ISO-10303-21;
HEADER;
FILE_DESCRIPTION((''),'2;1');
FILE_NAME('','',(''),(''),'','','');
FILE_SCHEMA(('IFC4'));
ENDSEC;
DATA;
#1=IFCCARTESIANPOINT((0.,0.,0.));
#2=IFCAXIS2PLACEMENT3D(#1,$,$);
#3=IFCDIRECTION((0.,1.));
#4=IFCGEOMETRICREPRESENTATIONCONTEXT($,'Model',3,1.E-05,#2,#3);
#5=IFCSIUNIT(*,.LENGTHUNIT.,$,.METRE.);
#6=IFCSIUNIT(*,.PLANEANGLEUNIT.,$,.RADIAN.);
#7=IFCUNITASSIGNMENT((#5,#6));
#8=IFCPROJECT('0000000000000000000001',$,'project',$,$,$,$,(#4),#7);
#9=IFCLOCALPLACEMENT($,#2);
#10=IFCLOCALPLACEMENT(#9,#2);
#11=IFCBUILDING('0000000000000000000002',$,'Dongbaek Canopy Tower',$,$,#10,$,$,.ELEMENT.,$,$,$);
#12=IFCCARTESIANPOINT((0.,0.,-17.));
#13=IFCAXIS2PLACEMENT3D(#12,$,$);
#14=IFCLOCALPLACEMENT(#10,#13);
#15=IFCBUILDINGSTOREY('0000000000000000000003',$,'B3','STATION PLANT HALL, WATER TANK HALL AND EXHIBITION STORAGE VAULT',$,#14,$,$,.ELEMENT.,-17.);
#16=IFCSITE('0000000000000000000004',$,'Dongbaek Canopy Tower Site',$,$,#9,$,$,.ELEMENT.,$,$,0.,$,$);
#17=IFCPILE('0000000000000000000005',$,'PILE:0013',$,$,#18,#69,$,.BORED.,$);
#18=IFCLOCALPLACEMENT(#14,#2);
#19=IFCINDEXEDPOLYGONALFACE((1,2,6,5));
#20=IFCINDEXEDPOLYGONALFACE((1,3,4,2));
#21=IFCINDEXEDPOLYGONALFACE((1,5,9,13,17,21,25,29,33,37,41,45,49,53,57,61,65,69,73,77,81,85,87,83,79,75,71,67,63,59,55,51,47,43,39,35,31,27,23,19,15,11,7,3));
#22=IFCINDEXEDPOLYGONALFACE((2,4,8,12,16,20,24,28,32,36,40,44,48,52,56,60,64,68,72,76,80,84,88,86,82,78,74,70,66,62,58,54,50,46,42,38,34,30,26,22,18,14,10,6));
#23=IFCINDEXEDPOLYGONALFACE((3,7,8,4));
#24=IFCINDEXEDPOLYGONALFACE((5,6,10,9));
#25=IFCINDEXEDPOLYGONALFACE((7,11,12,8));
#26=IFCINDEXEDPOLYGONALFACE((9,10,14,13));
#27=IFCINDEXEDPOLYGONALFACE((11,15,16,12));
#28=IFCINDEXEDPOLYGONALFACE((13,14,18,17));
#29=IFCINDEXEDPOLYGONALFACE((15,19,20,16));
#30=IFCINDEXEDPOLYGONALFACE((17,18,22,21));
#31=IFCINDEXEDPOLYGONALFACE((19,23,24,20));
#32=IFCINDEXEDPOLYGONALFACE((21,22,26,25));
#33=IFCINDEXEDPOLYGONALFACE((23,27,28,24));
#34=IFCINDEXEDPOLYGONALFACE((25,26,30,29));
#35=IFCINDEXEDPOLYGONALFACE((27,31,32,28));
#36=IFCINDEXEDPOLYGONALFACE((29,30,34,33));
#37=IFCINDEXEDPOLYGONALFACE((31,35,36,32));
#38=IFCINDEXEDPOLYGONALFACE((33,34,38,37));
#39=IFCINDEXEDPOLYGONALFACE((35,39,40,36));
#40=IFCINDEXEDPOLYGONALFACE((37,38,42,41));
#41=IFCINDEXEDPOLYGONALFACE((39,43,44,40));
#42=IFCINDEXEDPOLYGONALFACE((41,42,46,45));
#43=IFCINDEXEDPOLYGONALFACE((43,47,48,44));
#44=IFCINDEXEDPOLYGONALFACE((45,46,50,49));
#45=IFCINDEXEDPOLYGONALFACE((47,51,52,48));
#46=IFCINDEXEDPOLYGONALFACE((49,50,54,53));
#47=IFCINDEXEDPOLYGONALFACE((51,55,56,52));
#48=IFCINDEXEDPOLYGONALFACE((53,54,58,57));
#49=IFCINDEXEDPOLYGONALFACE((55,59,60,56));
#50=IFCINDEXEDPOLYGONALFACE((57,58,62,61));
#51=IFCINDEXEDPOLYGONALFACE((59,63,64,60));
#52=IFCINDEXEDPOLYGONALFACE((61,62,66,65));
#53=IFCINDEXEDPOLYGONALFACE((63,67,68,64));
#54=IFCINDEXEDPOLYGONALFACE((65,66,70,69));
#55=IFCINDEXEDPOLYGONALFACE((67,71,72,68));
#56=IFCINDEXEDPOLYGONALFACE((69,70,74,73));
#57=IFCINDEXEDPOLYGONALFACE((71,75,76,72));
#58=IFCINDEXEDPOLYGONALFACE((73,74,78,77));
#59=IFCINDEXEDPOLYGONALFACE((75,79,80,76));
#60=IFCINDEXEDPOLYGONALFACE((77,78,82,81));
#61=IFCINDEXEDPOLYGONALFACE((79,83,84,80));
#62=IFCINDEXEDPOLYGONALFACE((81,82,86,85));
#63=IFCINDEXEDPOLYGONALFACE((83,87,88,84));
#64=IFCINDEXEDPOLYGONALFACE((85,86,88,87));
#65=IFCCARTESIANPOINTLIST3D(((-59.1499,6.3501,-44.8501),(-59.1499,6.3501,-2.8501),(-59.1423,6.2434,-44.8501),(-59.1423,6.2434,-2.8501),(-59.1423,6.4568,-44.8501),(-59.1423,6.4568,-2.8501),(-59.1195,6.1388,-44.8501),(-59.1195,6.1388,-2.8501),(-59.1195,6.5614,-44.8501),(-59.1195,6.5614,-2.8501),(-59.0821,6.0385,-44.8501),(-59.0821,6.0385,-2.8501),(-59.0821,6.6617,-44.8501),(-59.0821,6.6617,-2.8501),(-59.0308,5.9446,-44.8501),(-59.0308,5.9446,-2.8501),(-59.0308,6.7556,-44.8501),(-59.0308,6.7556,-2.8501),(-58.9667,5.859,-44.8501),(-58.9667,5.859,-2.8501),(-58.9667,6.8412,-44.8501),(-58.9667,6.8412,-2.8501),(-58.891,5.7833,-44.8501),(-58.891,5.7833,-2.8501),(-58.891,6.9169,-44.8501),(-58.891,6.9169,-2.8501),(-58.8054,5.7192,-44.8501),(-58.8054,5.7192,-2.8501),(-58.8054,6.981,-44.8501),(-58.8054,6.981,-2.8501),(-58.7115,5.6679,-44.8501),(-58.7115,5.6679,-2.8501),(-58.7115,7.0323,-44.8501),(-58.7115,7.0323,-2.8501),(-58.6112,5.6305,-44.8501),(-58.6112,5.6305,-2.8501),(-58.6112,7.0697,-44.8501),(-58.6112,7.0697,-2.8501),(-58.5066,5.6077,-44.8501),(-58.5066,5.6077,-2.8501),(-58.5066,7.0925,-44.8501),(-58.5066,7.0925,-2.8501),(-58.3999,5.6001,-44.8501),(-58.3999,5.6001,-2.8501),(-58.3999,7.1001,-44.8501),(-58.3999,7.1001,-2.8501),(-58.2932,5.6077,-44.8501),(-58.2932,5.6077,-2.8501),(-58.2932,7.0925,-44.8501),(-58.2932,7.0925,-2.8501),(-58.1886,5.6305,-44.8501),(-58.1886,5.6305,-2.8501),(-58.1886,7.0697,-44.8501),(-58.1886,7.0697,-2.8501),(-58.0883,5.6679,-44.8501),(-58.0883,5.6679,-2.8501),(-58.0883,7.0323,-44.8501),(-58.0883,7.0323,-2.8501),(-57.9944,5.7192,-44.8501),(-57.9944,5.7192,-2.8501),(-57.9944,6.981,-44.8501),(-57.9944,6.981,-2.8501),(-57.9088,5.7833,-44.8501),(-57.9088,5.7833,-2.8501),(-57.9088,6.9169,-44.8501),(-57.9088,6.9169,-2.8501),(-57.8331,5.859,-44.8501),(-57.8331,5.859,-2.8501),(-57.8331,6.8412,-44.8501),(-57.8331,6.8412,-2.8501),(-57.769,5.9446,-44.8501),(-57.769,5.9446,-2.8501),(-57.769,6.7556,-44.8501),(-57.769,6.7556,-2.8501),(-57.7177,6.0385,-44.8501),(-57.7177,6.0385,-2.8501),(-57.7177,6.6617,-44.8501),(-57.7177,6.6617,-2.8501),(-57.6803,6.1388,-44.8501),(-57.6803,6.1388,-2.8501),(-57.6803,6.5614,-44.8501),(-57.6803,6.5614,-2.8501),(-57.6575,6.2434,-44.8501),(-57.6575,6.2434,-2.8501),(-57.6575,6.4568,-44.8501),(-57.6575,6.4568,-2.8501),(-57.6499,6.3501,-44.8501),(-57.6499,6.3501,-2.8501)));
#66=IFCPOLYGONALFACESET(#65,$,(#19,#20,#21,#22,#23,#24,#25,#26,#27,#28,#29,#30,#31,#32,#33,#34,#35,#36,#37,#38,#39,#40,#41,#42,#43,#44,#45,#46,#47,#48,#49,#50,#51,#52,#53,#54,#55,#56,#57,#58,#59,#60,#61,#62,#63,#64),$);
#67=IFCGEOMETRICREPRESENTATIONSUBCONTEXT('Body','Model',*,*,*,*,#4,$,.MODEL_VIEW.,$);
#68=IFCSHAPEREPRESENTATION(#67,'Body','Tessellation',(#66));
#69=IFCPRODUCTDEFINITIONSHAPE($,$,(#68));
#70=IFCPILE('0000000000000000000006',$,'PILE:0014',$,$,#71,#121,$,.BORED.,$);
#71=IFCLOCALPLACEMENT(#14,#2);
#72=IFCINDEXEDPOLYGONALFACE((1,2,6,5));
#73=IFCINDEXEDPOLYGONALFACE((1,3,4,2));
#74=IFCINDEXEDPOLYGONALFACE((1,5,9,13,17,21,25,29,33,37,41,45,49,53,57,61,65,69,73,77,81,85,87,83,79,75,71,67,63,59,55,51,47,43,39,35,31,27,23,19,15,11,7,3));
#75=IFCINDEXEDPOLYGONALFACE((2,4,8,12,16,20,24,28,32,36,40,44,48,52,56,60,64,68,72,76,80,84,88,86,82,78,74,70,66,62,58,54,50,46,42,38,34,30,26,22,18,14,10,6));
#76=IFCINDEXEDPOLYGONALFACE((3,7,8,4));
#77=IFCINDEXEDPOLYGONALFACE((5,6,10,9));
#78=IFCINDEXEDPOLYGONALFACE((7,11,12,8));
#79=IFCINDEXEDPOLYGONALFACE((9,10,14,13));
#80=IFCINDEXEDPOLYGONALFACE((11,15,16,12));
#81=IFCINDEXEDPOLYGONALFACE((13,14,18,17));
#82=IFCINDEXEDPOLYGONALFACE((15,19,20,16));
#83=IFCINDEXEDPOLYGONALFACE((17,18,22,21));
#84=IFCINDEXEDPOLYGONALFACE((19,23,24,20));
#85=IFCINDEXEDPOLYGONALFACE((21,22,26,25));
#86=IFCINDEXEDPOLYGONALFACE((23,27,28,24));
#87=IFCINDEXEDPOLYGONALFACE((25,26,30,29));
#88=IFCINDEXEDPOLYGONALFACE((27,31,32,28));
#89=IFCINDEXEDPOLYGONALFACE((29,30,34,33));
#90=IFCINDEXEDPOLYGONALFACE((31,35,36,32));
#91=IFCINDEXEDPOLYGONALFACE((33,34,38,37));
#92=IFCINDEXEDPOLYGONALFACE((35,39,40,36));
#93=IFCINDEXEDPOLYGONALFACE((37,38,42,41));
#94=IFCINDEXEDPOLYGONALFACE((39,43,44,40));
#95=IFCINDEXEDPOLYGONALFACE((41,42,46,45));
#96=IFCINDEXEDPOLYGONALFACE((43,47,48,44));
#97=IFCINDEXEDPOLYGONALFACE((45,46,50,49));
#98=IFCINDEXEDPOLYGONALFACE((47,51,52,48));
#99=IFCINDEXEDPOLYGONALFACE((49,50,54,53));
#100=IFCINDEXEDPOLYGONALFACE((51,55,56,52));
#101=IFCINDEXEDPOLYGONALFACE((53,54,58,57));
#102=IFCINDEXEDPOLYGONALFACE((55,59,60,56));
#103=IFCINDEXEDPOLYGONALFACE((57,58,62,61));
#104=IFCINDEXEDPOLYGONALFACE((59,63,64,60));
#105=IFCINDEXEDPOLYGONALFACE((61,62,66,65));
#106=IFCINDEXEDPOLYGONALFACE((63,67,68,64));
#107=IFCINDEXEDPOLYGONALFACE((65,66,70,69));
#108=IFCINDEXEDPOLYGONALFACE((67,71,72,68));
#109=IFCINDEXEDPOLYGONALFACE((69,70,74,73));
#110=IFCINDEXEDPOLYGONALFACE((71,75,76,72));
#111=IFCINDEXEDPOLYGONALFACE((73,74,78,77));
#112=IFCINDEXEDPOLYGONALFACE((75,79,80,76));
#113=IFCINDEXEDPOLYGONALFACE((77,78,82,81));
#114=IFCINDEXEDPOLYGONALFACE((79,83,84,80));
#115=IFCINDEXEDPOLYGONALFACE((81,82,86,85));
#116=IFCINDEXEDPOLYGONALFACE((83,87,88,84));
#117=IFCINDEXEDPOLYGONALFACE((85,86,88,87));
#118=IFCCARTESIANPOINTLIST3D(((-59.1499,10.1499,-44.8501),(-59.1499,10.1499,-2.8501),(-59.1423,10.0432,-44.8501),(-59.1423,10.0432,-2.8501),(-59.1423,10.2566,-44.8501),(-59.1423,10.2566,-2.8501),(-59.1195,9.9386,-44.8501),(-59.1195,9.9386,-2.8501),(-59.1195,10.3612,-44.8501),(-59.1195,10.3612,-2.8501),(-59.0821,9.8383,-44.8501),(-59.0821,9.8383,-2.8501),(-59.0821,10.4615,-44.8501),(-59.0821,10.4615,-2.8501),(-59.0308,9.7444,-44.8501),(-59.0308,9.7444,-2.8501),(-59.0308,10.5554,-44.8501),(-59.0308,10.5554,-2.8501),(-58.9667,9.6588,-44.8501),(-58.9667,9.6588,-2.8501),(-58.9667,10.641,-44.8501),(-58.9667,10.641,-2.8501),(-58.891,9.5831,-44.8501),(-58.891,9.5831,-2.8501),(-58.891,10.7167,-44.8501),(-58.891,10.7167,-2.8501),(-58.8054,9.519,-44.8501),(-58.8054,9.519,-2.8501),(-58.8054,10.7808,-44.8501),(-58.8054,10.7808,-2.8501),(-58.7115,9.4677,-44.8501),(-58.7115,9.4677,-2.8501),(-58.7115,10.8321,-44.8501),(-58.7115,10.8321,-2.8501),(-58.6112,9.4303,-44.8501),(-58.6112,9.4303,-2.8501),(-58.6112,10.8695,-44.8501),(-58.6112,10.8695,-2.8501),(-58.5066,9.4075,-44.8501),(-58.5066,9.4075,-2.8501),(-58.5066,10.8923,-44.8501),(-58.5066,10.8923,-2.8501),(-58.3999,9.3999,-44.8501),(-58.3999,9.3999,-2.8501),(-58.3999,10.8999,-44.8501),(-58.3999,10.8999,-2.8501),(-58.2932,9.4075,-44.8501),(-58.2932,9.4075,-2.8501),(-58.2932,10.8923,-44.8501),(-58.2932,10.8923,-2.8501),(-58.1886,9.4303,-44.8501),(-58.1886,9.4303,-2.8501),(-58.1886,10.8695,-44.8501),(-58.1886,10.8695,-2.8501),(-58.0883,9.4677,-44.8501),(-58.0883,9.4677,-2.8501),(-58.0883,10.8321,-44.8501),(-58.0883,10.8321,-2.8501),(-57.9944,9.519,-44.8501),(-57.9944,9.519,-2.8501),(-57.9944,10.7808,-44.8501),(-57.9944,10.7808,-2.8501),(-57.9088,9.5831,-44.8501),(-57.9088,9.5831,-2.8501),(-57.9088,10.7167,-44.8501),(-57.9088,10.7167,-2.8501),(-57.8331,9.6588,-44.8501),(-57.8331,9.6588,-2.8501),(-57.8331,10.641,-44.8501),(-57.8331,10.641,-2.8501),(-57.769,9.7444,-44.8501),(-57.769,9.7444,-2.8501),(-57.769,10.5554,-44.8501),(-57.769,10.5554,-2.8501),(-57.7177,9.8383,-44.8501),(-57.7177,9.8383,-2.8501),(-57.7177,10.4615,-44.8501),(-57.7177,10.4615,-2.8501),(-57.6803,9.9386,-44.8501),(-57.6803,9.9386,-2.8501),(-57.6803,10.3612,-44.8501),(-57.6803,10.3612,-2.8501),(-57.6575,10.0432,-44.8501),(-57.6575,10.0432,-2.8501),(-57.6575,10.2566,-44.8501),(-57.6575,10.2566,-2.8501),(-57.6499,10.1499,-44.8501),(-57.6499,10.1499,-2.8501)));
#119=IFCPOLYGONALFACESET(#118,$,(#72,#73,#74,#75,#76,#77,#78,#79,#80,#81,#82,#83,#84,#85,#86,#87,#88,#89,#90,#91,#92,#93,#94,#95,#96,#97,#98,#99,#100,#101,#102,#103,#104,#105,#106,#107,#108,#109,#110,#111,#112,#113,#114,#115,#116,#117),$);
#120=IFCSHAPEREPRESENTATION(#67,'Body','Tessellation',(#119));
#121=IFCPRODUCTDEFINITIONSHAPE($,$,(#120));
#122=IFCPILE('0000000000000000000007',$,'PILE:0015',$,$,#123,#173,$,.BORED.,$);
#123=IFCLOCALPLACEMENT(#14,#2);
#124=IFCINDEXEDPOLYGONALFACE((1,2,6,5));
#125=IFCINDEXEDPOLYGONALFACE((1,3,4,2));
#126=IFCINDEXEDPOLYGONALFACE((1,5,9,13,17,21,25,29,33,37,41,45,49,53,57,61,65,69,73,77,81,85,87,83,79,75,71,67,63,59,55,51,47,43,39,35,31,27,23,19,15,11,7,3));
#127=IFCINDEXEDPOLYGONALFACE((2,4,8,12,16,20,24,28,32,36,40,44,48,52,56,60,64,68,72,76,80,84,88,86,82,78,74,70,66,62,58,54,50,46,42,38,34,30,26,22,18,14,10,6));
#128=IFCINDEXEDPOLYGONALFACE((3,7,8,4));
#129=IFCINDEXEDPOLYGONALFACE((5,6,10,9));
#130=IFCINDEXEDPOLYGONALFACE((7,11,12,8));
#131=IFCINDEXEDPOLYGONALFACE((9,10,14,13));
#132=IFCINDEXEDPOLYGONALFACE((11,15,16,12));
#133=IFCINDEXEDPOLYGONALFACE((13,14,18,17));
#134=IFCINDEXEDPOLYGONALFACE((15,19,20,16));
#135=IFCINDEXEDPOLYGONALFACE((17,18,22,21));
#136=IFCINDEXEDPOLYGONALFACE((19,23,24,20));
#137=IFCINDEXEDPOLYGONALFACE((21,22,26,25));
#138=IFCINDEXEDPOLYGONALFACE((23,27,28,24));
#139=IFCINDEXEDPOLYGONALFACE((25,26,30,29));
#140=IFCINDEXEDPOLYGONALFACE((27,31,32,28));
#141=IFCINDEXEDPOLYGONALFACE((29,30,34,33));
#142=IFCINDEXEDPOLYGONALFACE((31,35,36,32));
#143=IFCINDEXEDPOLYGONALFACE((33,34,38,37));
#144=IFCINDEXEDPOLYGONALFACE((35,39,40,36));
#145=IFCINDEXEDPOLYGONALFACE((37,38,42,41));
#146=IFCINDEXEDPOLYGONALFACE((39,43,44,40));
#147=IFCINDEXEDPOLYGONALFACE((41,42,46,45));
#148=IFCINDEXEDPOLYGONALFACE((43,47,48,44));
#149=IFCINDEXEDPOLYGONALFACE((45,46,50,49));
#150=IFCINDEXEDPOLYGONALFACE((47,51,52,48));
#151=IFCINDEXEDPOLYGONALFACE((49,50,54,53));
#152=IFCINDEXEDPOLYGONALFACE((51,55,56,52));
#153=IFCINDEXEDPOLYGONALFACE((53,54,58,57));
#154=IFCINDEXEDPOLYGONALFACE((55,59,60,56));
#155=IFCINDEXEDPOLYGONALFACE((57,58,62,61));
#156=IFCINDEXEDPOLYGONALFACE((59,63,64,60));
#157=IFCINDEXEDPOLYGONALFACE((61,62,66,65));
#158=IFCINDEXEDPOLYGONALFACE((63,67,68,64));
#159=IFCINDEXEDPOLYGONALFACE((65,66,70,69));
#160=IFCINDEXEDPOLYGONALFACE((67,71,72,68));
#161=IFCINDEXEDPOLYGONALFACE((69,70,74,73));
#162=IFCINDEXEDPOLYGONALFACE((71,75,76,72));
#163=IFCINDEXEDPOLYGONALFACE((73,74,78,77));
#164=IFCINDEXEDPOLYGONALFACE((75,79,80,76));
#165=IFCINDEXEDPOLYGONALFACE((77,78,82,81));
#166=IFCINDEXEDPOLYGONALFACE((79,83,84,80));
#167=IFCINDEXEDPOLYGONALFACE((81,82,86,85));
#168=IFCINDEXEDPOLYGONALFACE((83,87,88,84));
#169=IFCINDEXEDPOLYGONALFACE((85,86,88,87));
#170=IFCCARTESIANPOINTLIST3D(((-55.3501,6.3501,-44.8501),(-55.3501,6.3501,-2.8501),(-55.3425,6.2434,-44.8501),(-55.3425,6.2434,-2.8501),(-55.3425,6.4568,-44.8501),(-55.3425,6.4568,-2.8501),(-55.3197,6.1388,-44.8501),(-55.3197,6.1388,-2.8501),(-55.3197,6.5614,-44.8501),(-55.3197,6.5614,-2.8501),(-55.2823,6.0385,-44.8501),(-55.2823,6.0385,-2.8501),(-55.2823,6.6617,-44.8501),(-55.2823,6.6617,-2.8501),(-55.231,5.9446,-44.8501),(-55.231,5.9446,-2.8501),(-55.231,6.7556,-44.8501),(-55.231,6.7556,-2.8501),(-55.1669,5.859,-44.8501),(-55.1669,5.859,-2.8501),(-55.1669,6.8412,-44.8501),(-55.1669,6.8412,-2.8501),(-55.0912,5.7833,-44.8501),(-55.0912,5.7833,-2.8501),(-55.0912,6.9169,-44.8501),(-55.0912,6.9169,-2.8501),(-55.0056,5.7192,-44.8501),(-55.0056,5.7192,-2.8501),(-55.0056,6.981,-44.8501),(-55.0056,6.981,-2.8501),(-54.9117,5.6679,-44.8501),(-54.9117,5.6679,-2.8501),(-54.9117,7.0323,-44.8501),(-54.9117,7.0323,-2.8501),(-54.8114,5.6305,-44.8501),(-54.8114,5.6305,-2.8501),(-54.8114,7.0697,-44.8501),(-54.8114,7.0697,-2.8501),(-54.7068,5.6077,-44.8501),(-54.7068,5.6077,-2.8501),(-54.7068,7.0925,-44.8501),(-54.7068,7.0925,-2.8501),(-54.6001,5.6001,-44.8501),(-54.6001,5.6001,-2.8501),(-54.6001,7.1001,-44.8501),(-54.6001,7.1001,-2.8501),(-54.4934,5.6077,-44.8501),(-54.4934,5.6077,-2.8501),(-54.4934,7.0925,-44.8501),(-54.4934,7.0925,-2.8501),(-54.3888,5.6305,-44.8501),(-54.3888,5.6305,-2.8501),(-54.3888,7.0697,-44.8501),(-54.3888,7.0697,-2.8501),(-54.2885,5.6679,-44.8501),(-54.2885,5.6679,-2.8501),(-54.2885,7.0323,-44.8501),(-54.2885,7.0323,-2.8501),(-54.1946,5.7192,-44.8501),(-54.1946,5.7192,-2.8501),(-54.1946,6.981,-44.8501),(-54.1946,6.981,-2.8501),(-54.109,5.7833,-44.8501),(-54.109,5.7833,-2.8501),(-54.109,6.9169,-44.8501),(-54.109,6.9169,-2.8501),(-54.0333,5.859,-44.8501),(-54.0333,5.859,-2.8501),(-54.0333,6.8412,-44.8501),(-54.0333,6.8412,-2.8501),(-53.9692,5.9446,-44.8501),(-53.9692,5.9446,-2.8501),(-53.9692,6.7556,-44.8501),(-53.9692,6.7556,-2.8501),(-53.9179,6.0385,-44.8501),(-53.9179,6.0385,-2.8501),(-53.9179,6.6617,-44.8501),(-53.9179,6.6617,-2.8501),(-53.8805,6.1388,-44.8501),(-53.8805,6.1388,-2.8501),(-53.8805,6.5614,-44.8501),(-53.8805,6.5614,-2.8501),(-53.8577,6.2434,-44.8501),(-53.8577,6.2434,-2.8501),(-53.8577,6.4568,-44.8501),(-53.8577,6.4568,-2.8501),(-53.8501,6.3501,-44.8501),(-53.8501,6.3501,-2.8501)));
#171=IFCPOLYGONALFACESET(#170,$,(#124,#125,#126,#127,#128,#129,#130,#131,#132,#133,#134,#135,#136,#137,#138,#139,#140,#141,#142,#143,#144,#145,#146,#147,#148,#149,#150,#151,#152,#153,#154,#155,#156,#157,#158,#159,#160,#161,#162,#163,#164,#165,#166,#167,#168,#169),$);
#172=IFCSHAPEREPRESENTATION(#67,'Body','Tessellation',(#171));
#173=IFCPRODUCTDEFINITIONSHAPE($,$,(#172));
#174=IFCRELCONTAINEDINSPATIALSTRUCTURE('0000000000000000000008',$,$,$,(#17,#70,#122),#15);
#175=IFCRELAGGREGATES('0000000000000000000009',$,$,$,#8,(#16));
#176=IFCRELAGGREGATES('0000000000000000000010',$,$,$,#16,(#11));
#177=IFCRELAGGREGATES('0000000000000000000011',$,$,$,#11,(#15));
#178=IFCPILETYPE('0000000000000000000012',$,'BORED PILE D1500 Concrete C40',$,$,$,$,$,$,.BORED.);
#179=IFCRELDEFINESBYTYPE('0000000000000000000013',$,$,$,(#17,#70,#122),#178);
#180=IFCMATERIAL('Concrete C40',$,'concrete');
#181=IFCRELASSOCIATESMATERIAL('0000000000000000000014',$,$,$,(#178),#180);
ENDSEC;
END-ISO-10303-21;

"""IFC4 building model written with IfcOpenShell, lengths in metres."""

from ifc_helpers import new_model, si_unit, direction, frame, origin, origin_2d, place, context, subcontext, project, spatial, circle, extrude, material, material_profile, profile_set, type_object, element, save


model = new_model("IFC4")

# Units and contexts
model_context = context("Model", 3, precision=1e-05, world=origin(), true_north=direction((0.0, 1.0)))
body_context = subcontext(model_context, "Body", "Model", "MODEL_VIEW")
ifc_project = project(units=[si_unit("LENGTHUNIT", "METRE"), si_unit("PLANEANGLEUNIT", "RADIAN")], contexts=[model_context])

# Site, building, storey
site_placement = place(None, origin())
site = spatial("IfcSite", under=ifc_project, at=site_placement, Name="Dongbaek Canopy Tower Site", CompositionType="ELEMENT", RefElevation=0.0)
building_placement = place(site_placement, origin())
building = spatial("IfcBuilding", under=site, at=building_placement, Name="Dongbaek Canopy Tower", CompositionType="ELEMENT")
storey_placement = place(building_placement, frame((0.0, 0.0, -17.0)))
storey = spatial("IfcBuildingStorey", under=building, at=storey_placement, Name="B3", Description="STATION PLANT HALL, WATER TANK HALL AND EXHIBITION STORAGE VAULT", CompositionType="ELEMENT", Elevation=-17.0)

# Piles
ifc_material_1 = material(Name="Concrete C40", Category="concrete")
ifc_material_profile_1 = material_profile(ifc_material_1, circle(Radius=0.75, at=origin_2d()), Name="BORED PILE D1500 Concrete C40")
ifc_profile_set_1 = profile_set([ifc_material_profile_1], Name="Concrete C40")
pile_type = type_object("IfcPileType", Name="BORED PILE D1500 Concrete C40", PredefinedType="BORED", material=ifc_profile_set_1)
for number, where, z_axis, x_axis, name in (
    (1, (-58.3999, 6.3501, -2.8501), (0.0, 0.0, -1.0), (1.0, 0.0, 0.0), "PILE:0013"),
    (2, (-58.3999, 10.1499, -2.8501), (0.0, 0.0, -1.0), (1.0, 0.0, 0.0), "PILE:0014"),
    (3, (-54.6001, 6.3501, -2.8501), (0.0, 0.0, -1.0), (1.0, 0.0, 0.0), "PILE:0015"),
):
    element("IfcPile", number, at=place(storey_placement, frame(where, z_axis=z_axis, x_axis=x_axis)), inside=storey, type_object=pile_type, Name=name, PredefinedType="BORED", context=body_context, shape_type="SweptSolid", body=[
        extrude(circle(Radius=0.75, at=origin_2d()), origin(), (0.0, 0.0, 1.0), 42.0),
    ])

save(model, "model.ifc")
